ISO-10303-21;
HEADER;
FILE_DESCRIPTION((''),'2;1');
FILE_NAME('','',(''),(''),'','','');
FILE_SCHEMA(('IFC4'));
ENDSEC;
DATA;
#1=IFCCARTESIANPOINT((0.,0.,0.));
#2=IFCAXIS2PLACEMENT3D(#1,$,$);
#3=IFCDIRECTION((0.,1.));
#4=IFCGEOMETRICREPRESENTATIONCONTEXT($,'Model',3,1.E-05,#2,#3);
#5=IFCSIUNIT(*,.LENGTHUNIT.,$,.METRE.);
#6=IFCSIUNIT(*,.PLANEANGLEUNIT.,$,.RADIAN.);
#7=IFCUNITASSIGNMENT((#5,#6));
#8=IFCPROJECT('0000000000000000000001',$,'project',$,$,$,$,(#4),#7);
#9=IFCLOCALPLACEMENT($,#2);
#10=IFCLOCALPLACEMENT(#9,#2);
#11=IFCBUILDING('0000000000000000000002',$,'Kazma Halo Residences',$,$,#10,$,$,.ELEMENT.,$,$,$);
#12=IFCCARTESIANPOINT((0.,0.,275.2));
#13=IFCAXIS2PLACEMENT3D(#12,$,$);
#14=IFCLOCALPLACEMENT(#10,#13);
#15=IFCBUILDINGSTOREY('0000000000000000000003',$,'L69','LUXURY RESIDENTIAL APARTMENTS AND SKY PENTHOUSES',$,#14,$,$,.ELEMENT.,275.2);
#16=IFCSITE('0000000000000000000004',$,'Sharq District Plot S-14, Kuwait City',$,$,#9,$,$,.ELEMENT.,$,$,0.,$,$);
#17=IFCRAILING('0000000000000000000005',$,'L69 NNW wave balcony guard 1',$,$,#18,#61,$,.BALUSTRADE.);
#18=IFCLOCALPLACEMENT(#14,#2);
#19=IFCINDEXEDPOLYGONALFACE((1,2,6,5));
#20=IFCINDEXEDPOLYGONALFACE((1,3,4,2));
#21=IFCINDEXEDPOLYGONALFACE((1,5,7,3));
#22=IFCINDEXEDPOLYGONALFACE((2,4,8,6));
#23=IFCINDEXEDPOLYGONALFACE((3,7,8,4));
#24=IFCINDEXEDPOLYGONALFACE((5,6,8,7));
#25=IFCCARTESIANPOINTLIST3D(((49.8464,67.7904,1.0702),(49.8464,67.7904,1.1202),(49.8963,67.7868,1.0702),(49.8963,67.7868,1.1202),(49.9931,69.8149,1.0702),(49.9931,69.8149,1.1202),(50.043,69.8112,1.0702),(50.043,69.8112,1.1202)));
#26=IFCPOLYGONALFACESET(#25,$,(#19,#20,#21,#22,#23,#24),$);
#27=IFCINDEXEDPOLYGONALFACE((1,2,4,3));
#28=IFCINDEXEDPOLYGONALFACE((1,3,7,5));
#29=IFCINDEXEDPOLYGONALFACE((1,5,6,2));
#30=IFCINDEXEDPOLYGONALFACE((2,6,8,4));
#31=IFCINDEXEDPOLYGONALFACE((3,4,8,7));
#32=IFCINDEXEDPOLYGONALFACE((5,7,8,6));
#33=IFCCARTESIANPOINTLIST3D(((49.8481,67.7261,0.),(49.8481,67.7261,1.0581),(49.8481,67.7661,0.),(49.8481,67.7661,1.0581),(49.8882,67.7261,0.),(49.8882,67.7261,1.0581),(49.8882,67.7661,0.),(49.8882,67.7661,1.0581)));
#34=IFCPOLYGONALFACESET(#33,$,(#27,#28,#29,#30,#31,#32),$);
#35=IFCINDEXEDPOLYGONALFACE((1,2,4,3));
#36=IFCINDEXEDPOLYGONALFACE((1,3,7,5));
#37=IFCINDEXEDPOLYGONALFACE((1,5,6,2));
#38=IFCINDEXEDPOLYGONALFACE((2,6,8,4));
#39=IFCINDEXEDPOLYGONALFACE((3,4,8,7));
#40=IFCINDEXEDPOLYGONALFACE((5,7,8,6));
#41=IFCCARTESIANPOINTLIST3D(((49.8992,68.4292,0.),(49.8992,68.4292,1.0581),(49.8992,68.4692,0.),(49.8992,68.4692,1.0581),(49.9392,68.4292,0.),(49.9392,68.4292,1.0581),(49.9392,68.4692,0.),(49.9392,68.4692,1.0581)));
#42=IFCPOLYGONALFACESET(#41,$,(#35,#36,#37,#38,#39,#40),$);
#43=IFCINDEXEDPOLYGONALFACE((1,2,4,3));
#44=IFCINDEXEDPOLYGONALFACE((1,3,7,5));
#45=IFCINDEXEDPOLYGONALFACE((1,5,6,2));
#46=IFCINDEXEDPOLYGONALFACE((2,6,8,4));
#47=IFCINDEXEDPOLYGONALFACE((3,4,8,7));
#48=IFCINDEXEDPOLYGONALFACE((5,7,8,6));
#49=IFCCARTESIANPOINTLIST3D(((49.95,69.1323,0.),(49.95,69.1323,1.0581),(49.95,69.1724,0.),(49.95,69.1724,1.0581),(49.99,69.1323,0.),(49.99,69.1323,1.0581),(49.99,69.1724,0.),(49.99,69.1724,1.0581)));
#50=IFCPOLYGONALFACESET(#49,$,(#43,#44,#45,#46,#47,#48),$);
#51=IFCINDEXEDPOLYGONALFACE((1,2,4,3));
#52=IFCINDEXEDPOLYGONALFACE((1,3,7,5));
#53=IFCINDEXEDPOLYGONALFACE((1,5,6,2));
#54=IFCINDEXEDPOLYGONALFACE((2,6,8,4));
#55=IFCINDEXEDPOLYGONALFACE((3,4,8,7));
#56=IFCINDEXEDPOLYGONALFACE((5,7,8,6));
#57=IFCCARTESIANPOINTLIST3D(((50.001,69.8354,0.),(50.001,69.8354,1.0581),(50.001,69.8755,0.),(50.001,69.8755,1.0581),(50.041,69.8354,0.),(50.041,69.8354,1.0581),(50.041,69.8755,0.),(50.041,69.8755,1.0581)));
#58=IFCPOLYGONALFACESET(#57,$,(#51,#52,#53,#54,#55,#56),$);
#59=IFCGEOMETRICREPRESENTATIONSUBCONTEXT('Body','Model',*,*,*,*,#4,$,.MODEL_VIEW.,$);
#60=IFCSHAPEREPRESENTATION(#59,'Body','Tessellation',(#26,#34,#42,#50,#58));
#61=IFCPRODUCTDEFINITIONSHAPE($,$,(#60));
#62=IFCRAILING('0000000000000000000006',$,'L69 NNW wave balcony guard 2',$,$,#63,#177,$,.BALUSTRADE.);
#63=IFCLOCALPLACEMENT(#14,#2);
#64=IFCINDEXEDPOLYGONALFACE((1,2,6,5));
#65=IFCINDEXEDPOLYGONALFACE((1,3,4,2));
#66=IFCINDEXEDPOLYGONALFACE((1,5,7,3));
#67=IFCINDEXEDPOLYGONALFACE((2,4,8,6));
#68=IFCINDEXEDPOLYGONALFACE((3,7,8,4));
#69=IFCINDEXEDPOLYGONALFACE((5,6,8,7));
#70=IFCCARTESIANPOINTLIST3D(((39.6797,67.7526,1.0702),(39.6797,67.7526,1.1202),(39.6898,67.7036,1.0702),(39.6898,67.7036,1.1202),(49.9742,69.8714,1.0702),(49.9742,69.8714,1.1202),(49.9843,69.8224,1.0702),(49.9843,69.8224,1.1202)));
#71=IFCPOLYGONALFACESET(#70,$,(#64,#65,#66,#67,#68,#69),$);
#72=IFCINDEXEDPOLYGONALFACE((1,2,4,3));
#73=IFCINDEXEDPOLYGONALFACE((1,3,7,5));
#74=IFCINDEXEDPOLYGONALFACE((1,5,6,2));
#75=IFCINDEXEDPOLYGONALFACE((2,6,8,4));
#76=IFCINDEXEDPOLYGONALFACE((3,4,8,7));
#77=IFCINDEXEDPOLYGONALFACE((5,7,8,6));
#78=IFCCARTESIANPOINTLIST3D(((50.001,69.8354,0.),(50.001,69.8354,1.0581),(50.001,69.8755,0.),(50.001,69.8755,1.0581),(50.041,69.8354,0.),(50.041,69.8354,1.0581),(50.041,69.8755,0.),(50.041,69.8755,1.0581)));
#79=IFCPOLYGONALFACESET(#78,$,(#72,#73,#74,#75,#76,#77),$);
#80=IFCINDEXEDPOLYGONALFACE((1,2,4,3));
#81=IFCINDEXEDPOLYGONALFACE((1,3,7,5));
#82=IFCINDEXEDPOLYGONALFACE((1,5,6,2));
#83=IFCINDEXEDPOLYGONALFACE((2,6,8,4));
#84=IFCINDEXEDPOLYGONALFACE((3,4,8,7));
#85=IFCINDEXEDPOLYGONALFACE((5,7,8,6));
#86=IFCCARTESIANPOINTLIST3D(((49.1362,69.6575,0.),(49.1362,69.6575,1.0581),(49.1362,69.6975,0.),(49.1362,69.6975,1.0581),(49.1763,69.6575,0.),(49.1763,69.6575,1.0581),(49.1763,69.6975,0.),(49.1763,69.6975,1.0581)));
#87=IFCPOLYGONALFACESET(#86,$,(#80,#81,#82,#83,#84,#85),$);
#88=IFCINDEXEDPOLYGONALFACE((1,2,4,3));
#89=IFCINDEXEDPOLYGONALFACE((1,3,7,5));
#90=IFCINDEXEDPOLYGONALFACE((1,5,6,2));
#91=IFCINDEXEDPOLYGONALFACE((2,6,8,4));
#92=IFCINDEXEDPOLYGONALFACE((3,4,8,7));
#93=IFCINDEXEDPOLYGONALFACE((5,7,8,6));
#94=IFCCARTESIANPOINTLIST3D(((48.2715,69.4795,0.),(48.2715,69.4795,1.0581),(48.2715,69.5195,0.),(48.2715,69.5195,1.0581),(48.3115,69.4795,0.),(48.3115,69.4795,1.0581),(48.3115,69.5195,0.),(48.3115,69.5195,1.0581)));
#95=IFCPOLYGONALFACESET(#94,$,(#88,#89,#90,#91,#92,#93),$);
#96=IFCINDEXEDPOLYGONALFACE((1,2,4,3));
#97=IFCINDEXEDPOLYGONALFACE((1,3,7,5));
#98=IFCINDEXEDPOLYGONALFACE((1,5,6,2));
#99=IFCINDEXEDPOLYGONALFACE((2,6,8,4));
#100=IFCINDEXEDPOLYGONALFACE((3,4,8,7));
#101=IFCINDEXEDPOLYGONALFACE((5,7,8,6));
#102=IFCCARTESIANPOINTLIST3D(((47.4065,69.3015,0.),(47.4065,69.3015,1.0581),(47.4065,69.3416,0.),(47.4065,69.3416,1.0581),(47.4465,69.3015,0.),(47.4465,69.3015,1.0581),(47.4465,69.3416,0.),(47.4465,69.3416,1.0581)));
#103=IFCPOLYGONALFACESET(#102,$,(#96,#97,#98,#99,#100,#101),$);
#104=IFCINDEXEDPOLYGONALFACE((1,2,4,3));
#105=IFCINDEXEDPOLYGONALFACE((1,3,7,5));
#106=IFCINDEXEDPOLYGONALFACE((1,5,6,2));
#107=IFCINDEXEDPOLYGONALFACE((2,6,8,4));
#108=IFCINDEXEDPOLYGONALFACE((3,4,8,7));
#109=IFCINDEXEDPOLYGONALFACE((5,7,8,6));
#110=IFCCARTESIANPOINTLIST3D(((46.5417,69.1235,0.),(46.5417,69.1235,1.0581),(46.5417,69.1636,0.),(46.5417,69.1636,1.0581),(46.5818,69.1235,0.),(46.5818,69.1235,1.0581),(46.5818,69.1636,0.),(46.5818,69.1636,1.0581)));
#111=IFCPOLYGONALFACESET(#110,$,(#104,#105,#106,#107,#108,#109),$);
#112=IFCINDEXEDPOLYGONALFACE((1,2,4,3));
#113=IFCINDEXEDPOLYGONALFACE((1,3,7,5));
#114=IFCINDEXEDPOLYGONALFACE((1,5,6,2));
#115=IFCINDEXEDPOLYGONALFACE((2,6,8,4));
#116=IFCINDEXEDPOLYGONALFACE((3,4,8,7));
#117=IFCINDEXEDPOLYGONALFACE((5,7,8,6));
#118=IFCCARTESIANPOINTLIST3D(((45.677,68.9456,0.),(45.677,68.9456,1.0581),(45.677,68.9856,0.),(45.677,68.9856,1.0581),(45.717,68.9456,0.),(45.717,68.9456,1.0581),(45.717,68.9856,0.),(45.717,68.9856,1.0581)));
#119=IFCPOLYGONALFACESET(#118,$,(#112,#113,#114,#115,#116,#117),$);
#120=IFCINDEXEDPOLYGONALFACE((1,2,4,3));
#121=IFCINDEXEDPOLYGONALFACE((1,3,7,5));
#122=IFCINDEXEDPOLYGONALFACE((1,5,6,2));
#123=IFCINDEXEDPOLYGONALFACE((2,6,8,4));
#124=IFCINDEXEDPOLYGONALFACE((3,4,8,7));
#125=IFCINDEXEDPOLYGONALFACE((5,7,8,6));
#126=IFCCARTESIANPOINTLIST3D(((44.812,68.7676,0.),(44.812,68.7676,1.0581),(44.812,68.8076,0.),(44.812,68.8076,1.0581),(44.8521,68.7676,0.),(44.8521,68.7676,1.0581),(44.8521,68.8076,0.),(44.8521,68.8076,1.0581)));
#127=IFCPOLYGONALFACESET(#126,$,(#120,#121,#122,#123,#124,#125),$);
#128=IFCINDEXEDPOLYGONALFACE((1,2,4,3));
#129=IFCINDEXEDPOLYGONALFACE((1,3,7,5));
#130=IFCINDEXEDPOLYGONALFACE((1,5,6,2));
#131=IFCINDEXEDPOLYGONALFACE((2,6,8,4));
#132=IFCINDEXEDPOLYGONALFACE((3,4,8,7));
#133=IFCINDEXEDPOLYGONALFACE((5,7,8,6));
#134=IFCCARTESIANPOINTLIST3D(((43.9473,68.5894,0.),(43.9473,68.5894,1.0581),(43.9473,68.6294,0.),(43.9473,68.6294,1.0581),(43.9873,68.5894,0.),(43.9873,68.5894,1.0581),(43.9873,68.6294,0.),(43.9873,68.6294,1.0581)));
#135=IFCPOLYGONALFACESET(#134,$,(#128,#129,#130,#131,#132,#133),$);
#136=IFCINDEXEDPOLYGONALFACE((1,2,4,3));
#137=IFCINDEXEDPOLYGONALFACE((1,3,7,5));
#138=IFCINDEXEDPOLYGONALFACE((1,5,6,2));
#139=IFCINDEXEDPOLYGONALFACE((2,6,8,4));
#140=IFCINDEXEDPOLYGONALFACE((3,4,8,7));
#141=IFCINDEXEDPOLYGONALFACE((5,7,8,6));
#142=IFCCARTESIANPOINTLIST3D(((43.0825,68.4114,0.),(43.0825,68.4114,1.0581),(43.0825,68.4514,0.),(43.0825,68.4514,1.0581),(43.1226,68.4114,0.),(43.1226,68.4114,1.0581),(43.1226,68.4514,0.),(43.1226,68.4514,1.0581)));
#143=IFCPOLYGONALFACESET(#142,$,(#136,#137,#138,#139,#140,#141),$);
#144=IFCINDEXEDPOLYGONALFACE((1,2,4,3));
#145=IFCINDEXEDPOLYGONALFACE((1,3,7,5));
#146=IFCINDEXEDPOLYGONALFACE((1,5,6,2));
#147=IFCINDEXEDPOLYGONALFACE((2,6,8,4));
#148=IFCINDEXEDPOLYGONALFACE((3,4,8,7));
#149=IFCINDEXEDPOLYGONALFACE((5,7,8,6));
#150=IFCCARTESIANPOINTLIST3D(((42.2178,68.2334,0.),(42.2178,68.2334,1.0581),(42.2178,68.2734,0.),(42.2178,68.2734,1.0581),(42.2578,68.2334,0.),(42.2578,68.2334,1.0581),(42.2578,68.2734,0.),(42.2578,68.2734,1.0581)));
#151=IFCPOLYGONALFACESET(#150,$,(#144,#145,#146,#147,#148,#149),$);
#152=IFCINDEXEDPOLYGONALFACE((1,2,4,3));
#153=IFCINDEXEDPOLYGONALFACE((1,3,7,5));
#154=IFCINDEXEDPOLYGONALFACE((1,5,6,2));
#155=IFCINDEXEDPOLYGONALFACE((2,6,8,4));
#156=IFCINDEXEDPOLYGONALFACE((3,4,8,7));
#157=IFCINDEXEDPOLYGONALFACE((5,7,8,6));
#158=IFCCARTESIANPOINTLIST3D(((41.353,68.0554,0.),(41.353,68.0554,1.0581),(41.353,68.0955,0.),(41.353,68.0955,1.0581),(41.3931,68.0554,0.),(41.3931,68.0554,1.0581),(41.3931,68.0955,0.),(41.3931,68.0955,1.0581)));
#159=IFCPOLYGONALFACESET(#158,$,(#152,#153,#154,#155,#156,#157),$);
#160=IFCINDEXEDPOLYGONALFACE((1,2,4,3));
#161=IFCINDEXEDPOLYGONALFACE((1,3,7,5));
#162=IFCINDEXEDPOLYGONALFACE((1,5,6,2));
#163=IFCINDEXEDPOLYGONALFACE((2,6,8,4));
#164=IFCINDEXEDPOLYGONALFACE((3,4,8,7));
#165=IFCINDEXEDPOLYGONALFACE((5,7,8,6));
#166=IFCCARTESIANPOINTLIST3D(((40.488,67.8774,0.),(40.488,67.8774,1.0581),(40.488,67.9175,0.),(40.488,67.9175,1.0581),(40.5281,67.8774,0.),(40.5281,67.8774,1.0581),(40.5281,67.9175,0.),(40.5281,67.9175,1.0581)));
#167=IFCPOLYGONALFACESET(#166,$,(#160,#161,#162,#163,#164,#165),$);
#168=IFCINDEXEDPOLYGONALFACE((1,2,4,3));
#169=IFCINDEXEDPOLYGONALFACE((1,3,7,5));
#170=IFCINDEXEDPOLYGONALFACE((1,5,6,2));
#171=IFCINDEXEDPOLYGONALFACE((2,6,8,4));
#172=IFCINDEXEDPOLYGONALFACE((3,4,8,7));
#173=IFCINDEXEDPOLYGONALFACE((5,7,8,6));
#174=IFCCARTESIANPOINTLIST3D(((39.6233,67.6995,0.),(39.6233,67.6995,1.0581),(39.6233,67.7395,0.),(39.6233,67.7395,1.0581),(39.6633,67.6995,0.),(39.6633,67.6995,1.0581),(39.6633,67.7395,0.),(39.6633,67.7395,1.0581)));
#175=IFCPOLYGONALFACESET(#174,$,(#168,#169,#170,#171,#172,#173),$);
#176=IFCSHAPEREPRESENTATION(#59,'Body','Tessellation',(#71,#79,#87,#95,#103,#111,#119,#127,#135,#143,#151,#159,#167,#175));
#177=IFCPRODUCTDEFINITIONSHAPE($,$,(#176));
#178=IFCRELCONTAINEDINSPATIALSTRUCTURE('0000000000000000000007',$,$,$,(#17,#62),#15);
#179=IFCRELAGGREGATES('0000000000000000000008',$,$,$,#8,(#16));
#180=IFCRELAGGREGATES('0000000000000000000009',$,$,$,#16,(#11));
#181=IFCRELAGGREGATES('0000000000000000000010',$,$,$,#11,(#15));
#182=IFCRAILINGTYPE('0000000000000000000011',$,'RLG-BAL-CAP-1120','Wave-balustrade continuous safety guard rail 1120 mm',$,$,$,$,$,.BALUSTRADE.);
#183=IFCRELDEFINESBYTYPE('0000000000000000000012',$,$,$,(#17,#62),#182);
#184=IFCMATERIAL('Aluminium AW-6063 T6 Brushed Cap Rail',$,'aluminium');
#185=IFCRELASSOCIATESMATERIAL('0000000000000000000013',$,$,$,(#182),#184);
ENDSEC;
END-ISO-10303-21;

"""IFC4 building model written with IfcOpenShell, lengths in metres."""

from ifc_helpers import new_model, si_unit, direction, frame, origin, origin_2d, place, context, subcontext, project, spatial, rectangle, extrude, material, type_object, element, save


model = new_model("IFC4")

# Units and contexts
model_context = context("Model", 3, precision=1e-05, world=origin(), true_north=direction((0.0, 1.0)))
body_context = subcontext(model_context, "Body", "Model", "MODEL_VIEW")
ifc_project = project(units=[si_unit("LENGTHUNIT", "METRE"), si_unit("PLANEANGLEUNIT", "RADIAN")], contexts=[model_context])

# Site, building, storey
site_placement = place(None, origin())
site = spatial("IfcSite", under=ifc_project, at=site_placement, Name="Sharq District Plot S-14, Kuwait City", CompositionType="ELEMENT", RefElevation=0.0)
building_placement = place(site_placement, origin())
building = spatial("IfcBuilding", under=site, at=building_placement, Name="Kazma Halo Residences", CompositionType="ELEMENT")
storey_placement = place(building_placement, frame((0.0, 0.0, 275.2)))
storey = spatial("IfcBuildingStorey", under=building, at=storey_placement, Name="L69", Description="LUXURY RESIDENTIAL APARTMENTS AND SKY PENTHOUSES", CompositionType="ELEMENT", Elevation=275.2)

# Railings
ifc_material_1 = material(Name="Aluminium AW-6063 T6 Brushed Cap Rail", Category="aluminium")
railing_type = type_object("IfcRailingType", Name="RLG-BAL-CAP-1120", Description="Wave-balustrade continuous safety guard rail 1120 mm", PredefinedType="BALUSTRADE", material=ifc_material_1)
railing_1_placement = place(storey_placement, frame((49.8682, 67.7461, 0.0)))
element("IfcRailing", 1, at=railing_1_placement, inside=storey, type_object=railing_type, Name="L69 NNW wave balcony guard 1", PredefinedType="BALUSTRADE", context=body_context, shape_type="SweptSolid", body=[
    extrude(rectangle(XDim=0.05, YDim=0.05, at=origin_2d()), frame((0.0032, 0.0425, 1.0952), z_axis=(0.072264, 0.997386, 0.0), x_axis=(-0.997386, 0.072264, 0.0)), (0.0, 0.0, 1.0), 2.0298),
    extrude(rectangle(XDim=0.04, YDim=0.04, at=origin_2d()), origin(), (0.0, 0.0, 1.0), 1.0581),
    extrude(rectangle(XDim=0.04, YDim=0.04, at=origin_2d()), frame((0.051, 0.7031, 0.0)), (0.0, 0.0, 1.0), 1.0581),
    extrude(rectangle(XDim=0.04, YDim=0.04, at=origin_2d()), frame((0.1018, 1.4062, 0.0)), (0.0, 0.0, 1.0), 1.0581),
    extrude(rectangle(XDim=0.04, YDim=0.04, at=origin_2d()), frame((0.1528, 2.1094, 0.0)), (0.0, 0.0, 1.0), 1.0581),
])
railing_2_placement = place(storey_placement, frame((50.021, 69.8555, 0.0)))
element("IfcRailing", 2, at=railing_2_placement, inside=storey, type_object=railing_type, Name="L69 NNW wave balcony guard 2", PredefinedType="BALUSTRADE", context=body_context, shape_type="SweptSolid", body=[
    extrude(rectangle(XDim=0.05, YDim=0.05, at=origin_2d()), frame((-0.0417, -0.0085, 1.0952), z_axis=(-0.979468, -0.201599, 0.0), x_axis=(0.201599, -0.979468, 0.0)), (0.0, 0.0, 1.0), 10.5103),
    extrude(rectangle(XDim=0.04, YDim=0.04, at=origin_2d()), origin(), (0.0, 0.0, 1.0), 1.0581),
    extrude(rectangle(XDim=0.04, YDim=0.04, at=origin_2d()), frame((-0.8647, -0.178, 0.0)), (0.0, 0.0, 1.0), 1.0581),
    extrude(rectangle(XDim=0.04, YDim=0.04, at=origin_2d()), frame((-1.7295, -0.356, 0.0)), (0.0, 0.0, 1.0), 1.0581),
    extrude(rectangle(XDim=0.04, YDim=0.04, at=origin_2d()), frame((-2.5945, -0.5339, 0.0)), (0.0, 0.0, 1.0), 1.0581),
    extrude(rectangle(XDim=0.04, YDim=0.04, at=origin_2d()), frame((-3.4592, -0.7119, 0.0)), (0.0, 0.0, 1.0), 1.0581),
    extrude(rectangle(XDim=0.04, YDim=0.04, at=origin_2d()), frame((-4.324, -0.8899, 0.0)), (0.0, 0.0, 1.0), 1.0581),
    extrude(rectangle(XDim=0.04, YDim=0.04, at=origin_2d()), frame((-5.189, -1.0679, 0.0)), (0.0, 0.0, 1.0), 1.0581),
    extrude(rectangle(XDim=0.04, YDim=0.04, at=origin_2d()), frame((-6.0537, -1.2461, 0.0)), (0.0, 0.0, 1.0), 1.0581),
    extrude(rectangle(XDim=0.04, YDim=0.04, at=origin_2d()), frame((-6.9185, -1.4241, 0.0)), (0.0, 0.0, 1.0), 1.0581),
    extrude(rectangle(XDim=0.04, YDim=0.04, at=origin_2d()), frame((-7.7832, -1.6021, 0.0)), (0.0, 0.0, 1.0), 1.0581),
    extrude(rectangle(XDim=0.04, YDim=0.04, at=origin_2d()), frame((-8.6479, -1.78, 0.0)), (0.0, 0.0, 1.0), 1.0581),
    extrude(rectangle(XDim=0.04, YDim=0.04, at=origin_2d()), frame((-9.5129, -1.958, 0.0)), (0.0, 0.0, 1.0), 1.0581),
    extrude(rectangle(XDim=0.04, YDim=0.04, at=origin_2d()), frame((-10.3777, -2.136, 0.0)), (0.0, 0.0, 1.0), 1.0581),
])

save(model, "model.ifc")
